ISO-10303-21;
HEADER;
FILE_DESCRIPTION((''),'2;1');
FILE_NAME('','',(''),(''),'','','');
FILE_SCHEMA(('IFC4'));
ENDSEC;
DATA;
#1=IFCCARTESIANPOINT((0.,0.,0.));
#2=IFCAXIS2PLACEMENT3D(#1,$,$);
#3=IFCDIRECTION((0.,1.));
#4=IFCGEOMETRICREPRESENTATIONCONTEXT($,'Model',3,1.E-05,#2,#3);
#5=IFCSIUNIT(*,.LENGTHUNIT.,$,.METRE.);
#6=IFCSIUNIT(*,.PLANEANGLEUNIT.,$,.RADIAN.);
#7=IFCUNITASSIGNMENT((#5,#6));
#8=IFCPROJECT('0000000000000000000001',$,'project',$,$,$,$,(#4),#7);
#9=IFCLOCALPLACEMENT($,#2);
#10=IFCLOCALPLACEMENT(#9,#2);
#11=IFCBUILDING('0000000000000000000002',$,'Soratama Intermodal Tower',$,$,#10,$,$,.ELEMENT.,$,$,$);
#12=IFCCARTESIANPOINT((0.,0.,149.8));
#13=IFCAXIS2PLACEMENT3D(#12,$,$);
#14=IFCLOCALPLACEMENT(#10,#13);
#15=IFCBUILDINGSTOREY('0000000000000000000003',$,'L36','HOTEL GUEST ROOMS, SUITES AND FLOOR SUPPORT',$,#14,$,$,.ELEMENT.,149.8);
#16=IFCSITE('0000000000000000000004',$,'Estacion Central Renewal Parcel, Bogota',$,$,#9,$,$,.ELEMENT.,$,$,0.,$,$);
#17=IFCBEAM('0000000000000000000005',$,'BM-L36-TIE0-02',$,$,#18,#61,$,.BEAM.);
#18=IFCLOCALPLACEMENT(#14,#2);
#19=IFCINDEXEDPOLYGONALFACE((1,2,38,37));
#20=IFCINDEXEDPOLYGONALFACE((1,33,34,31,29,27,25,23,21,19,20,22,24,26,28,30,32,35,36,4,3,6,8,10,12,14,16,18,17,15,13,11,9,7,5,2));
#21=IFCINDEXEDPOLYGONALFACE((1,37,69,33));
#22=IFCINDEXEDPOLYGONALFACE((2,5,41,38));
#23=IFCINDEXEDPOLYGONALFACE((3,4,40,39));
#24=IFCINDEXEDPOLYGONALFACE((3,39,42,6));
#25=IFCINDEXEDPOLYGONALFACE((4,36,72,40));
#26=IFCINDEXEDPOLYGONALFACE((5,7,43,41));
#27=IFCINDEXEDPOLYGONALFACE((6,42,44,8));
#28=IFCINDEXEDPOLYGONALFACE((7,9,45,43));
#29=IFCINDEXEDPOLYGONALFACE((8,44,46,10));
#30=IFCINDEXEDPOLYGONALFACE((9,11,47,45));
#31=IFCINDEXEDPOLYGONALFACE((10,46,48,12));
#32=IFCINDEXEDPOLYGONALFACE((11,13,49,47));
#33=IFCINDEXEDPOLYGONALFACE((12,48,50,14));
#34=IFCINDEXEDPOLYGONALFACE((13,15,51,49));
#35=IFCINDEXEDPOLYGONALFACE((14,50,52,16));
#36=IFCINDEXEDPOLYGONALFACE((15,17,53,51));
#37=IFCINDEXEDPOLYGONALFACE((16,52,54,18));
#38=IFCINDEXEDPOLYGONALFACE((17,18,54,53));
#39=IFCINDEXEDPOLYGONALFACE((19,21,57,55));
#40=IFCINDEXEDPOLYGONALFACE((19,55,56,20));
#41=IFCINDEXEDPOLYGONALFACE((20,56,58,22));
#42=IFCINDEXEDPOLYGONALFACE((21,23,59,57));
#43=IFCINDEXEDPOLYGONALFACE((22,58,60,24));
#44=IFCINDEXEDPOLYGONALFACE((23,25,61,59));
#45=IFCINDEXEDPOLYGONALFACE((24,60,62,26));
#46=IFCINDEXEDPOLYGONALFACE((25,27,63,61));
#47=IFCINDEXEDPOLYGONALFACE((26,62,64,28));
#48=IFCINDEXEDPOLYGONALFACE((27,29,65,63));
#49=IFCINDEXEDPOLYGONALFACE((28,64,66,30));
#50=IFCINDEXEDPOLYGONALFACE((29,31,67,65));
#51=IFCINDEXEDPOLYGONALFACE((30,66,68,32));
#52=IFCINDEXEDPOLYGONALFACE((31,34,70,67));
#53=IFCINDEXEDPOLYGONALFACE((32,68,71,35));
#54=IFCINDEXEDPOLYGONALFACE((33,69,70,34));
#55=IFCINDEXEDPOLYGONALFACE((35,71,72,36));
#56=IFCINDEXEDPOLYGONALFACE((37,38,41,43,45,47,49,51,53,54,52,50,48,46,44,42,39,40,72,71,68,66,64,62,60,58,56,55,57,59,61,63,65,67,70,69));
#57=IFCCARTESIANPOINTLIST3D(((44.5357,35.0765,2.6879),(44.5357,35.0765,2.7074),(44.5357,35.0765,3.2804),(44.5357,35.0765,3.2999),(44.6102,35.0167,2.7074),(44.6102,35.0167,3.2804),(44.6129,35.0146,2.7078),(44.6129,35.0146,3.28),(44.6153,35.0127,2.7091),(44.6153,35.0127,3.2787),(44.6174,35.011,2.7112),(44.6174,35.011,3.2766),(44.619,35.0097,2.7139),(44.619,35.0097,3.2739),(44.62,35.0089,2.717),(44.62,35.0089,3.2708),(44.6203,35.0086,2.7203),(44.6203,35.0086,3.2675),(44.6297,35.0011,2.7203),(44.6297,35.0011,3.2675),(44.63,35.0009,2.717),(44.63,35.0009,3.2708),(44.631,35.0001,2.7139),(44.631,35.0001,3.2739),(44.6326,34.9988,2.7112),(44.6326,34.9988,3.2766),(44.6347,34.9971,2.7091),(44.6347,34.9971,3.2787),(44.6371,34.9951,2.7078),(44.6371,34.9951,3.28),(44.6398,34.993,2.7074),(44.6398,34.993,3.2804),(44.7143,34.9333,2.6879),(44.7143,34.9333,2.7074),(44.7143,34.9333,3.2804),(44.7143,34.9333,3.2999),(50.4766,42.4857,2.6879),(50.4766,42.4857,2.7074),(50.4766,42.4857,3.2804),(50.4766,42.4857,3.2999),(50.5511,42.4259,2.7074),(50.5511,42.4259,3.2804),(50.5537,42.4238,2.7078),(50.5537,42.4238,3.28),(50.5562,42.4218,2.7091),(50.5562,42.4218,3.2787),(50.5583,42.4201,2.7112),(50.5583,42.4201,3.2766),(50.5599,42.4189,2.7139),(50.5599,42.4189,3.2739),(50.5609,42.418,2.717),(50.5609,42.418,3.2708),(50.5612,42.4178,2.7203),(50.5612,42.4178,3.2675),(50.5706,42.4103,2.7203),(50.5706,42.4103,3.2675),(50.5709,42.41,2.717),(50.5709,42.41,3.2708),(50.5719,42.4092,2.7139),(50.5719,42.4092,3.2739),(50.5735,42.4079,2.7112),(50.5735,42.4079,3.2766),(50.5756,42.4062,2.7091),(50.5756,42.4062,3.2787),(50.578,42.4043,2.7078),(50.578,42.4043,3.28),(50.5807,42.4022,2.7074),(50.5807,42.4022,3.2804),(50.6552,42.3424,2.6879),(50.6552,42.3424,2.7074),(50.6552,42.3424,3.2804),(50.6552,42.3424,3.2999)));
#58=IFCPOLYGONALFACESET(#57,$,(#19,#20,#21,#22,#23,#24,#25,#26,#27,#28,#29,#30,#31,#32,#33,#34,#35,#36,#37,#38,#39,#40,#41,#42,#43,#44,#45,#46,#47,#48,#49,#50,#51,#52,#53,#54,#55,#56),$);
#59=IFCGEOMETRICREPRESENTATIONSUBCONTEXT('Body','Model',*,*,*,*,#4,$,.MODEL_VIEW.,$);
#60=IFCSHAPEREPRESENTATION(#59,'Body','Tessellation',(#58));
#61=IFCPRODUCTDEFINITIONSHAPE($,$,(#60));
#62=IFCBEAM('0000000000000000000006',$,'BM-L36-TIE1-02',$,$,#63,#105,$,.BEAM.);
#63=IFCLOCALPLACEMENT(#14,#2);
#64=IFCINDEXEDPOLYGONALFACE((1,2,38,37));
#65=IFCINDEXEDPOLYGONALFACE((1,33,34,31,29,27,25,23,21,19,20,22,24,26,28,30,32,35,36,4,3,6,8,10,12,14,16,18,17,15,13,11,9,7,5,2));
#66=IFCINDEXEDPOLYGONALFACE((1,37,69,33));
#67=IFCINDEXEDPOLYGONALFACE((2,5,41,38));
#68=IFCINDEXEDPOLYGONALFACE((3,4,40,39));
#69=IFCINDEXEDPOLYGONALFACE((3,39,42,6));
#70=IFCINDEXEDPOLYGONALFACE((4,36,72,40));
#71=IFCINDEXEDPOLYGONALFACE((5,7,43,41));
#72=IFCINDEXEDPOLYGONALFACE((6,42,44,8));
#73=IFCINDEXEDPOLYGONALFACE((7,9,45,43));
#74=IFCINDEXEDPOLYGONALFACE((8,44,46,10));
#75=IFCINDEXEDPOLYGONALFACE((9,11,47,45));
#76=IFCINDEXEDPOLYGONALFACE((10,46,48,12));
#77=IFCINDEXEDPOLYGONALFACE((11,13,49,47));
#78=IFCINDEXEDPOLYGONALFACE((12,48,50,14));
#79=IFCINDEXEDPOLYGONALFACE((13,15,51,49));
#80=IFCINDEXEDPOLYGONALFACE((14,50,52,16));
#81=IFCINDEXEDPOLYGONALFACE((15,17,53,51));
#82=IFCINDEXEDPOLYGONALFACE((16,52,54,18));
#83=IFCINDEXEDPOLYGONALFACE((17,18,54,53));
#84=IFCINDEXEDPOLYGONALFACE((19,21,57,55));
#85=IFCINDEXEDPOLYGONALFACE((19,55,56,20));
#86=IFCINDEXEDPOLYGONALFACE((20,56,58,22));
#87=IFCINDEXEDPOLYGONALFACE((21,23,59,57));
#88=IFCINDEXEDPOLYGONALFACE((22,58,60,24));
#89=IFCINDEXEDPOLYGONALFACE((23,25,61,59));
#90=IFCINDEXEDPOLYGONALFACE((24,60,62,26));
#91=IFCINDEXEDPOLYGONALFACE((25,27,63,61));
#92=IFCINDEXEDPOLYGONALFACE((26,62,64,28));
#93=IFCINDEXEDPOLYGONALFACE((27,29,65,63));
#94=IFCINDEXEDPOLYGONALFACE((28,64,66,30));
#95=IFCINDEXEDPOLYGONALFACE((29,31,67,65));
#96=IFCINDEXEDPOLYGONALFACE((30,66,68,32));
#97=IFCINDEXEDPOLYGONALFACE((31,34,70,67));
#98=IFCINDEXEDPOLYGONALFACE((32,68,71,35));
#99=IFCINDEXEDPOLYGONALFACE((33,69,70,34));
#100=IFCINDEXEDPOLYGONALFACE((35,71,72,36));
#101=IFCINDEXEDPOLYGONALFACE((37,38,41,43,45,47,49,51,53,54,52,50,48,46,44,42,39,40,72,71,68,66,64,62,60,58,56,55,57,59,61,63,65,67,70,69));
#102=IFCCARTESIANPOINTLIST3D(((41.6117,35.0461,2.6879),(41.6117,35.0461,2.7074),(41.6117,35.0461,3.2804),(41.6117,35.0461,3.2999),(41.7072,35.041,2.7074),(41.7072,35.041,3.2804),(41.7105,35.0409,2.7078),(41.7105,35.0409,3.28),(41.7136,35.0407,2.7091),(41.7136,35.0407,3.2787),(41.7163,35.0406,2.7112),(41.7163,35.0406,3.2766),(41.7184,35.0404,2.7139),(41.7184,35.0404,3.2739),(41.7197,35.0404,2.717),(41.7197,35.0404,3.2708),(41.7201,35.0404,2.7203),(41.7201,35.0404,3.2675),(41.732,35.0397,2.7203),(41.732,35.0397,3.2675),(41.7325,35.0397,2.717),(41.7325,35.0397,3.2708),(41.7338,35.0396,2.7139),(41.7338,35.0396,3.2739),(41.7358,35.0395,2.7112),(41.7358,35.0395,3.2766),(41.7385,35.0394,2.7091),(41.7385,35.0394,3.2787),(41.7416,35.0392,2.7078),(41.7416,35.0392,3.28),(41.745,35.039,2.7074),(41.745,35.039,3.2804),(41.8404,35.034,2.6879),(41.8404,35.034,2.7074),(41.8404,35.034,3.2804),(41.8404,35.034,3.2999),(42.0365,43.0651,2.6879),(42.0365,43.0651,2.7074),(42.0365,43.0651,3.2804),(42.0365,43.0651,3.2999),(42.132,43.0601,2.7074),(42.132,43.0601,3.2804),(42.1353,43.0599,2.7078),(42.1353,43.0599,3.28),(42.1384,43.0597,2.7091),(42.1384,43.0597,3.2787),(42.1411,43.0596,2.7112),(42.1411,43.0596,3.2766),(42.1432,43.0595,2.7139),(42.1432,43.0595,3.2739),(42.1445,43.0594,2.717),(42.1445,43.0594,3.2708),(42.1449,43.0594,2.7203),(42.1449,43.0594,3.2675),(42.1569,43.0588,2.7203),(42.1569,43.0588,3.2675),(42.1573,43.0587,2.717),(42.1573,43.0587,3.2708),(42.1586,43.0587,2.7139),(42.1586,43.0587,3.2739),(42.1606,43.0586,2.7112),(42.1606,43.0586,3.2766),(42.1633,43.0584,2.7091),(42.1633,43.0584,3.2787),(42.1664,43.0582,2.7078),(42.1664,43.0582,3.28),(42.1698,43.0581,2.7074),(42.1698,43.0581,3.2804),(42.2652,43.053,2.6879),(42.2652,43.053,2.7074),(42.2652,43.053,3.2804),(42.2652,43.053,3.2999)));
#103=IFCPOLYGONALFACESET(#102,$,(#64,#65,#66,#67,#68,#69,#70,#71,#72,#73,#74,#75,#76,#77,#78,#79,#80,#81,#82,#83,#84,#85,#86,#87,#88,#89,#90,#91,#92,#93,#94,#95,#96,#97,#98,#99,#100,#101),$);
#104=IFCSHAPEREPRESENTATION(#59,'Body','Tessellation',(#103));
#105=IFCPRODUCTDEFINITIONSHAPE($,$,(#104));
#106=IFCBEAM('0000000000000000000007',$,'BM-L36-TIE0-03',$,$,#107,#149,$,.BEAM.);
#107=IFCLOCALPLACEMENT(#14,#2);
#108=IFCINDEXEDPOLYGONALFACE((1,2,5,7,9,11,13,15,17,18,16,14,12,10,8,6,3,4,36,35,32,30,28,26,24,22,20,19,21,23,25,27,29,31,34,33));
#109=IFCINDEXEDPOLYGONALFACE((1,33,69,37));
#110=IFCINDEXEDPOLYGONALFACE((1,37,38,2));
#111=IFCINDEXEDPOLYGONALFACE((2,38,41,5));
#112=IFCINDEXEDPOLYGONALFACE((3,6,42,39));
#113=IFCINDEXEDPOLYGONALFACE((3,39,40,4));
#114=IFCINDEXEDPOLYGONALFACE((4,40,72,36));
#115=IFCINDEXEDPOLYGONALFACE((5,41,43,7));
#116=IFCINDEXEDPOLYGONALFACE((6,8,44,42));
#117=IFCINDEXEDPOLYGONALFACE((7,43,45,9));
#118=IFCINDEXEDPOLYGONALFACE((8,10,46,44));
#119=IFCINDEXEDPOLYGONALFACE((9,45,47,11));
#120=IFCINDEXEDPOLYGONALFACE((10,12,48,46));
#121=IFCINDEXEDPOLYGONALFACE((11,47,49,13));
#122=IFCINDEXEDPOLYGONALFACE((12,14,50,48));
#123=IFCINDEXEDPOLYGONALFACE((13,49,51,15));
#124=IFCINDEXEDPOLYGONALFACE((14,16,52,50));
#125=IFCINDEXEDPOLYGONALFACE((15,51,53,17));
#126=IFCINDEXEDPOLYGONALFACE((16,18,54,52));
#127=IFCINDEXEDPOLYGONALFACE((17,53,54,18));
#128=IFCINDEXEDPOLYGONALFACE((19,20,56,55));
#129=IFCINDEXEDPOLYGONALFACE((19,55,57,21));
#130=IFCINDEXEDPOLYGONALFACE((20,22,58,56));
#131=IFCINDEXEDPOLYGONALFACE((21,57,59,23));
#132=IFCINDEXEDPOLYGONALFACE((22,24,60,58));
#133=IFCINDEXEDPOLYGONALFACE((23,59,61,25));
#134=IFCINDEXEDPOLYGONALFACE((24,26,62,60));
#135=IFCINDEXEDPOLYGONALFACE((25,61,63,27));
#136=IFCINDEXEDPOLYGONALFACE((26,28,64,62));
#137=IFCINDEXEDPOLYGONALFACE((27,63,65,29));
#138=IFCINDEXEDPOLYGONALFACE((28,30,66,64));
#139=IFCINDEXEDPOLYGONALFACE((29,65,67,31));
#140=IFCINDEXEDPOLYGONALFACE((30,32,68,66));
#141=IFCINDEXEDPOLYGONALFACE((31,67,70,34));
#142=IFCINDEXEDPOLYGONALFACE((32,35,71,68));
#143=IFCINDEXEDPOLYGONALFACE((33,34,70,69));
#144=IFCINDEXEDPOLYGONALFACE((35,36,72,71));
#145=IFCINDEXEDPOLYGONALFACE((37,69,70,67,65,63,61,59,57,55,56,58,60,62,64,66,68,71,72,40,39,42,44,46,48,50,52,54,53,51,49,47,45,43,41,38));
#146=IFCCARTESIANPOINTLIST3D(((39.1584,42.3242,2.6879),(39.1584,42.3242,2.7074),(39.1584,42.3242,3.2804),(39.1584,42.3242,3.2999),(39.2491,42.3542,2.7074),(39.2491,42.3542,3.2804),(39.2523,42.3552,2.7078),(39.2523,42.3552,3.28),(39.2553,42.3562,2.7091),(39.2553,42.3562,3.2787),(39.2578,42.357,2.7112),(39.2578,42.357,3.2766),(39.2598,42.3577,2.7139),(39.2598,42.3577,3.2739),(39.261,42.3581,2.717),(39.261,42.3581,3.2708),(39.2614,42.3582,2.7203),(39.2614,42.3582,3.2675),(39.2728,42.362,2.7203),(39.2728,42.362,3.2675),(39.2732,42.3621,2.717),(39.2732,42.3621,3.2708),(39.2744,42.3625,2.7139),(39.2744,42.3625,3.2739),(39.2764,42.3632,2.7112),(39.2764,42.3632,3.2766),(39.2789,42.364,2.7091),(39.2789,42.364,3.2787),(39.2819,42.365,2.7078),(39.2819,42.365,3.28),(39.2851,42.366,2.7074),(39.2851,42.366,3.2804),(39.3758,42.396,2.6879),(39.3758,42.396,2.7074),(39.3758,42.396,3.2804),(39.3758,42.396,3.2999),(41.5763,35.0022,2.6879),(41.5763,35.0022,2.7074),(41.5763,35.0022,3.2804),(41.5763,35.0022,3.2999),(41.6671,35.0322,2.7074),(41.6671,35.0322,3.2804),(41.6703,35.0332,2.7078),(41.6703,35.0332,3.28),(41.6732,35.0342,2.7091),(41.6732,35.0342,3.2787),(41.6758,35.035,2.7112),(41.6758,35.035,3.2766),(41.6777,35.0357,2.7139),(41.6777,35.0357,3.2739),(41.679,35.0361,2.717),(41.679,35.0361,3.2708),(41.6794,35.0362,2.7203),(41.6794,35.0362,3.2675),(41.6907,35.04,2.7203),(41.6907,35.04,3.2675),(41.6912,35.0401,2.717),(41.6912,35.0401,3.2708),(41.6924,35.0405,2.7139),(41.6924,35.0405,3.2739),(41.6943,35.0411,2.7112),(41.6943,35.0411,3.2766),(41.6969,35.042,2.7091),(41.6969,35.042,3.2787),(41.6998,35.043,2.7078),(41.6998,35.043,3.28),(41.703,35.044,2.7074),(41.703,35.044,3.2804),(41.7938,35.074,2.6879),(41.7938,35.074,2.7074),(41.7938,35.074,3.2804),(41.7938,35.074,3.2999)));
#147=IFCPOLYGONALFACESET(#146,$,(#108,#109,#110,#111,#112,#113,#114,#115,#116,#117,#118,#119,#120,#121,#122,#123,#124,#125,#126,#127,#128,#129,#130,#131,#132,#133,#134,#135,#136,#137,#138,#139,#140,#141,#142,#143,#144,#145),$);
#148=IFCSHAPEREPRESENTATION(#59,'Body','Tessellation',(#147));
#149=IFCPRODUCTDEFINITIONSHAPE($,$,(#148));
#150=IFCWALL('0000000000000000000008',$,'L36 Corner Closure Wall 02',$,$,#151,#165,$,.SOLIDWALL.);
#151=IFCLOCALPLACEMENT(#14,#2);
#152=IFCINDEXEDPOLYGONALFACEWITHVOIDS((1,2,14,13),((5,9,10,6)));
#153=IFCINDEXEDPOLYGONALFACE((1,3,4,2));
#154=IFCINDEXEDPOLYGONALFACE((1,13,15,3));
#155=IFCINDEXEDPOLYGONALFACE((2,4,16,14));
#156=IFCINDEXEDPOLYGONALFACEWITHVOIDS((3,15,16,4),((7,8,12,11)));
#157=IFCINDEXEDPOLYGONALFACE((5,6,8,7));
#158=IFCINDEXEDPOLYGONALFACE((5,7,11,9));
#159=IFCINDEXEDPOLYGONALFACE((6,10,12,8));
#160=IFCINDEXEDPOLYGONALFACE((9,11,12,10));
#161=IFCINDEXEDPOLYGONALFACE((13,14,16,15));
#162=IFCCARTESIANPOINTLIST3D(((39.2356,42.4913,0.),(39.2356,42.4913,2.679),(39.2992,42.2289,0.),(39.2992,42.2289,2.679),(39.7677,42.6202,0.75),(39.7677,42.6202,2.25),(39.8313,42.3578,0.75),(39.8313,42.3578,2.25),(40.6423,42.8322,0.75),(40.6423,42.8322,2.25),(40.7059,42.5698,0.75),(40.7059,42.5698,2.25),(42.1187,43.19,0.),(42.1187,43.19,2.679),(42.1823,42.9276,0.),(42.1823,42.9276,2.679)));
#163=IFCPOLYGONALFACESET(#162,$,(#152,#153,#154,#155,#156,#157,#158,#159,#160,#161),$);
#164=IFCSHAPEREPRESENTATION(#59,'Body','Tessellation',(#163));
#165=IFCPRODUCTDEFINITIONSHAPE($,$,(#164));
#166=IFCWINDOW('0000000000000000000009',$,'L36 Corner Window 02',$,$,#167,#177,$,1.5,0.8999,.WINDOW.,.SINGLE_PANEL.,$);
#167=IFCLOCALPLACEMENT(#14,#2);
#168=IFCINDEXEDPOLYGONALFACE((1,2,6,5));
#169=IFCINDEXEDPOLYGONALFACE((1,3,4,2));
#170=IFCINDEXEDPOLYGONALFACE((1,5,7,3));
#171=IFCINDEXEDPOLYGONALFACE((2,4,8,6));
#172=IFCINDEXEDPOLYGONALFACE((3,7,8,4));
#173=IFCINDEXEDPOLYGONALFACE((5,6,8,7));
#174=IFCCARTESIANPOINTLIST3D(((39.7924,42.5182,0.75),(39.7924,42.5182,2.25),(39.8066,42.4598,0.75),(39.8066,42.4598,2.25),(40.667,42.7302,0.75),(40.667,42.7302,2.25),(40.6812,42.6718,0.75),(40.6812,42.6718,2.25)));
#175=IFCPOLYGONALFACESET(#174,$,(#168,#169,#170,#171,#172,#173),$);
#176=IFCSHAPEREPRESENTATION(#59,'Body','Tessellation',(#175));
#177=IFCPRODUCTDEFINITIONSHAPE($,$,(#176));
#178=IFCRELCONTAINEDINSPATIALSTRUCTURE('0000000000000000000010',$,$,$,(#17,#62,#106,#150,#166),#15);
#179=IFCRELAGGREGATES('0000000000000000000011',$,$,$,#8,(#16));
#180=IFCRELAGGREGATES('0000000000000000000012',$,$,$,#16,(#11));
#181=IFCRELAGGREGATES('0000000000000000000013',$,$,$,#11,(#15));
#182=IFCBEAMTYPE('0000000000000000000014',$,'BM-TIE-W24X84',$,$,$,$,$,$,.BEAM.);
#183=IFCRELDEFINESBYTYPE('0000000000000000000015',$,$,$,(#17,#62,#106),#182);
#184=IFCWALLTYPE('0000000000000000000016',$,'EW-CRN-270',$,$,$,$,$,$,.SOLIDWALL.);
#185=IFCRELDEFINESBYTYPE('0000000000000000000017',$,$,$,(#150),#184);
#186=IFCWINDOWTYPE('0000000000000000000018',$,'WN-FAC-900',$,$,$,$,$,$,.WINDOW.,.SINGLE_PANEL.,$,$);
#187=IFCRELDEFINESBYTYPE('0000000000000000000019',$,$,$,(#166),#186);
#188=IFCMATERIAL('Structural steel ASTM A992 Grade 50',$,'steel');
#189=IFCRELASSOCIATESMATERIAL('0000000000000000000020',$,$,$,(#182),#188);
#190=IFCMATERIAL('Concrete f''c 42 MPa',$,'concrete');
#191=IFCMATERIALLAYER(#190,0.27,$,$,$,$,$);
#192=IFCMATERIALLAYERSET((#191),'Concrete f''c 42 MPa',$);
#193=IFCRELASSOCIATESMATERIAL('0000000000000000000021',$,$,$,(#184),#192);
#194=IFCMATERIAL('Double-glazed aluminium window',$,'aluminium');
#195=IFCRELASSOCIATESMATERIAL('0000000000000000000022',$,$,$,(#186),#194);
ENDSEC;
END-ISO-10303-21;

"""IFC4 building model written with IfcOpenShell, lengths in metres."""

from ifc_helpers import new_model, si_unit, direction, frame, frame_2d, origin, origin_2d, place, context, subcontext, project, spatial, rectangle, i_section, extrude, material, layer, layer_set, material_profile, profile_set, type_object, element, fill, save


model = new_model("IFC4")

# Units and contexts
model_context = context("Model", 3, precision=1e-05, world=origin(), true_north=direction((0.0, 1.0)))
body_context = subcontext(model_context, "Body", "Model", "MODEL_VIEW")
ifc_project = project(units=[si_unit("LENGTHUNIT", "METRE"), si_unit("PLANEANGLEUNIT", "RADIAN")], contexts=[model_context])

# Site, building, storey
site_placement = place(None, origin())
site = spatial("IfcSite", under=ifc_project, at=site_placement, Name="Estacion Central Renewal Parcel, Bogota", CompositionType="ELEMENT", RefElevation=0.0)
building_placement = place(site_placement, origin())
building = spatial("IfcBuilding", under=site, at=building_placement, Name="Soratama Intermodal Tower", CompositionType="ELEMENT")
storey_placement = place(building_placement, frame((0.0, 0.0, 149.8)))
storey = spatial("IfcBuildingStorey", under=building, at=storey_placement, Name="L36", Description="HOTEL GUEST ROOMS, SUITES AND FLOOR SUPPORT", CompositionType="ELEMENT", Elevation=149.8)

# Beams
ifc_material_1 = material(Name="Structural steel ASTM A992 Grade 50", Category="steel")
ifc_material_profile_1 = material_profile(ifc_material_1, i_section(OverallWidth=0.229, OverallDepth=0.6121, WebThickness=0.012, FlangeThickness=0.0195, FilletRadius=0.0129, at=origin_2d()), Name="W24X84")
ifc_profile_set_1 = profile_set([ifc_material_profile_1], Name="Structural steel ASTM A992 Grade 50")
beam_type_1 = type_object("IfcBeamType", Name="BM-TIE-W24X84", PredefinedType="BEAM", material=ifc_profile_set_1)
beam_1_placement = place(storey_placement, frame((44.625, 35.0049, 2.9939), z_axis=(0.625566, 0.780171, 0.0), x_axis=(-0.780171, 0.625566, 0.0)))
element("IfcBeam", 1, at=beam_1_placement, inside=storey, type_object=beam_type_1, Name="BM-L36-TIE0-02", PredefinedType="BEAM", context=body_context, shape_type="SweptSolid", body=[
    extrude(i_section(OverallWidth=0.229, OverallDepth=0.6121, WebThickness=0.012, FlangeThickness=0.0195, FilletRadius=0.0129, at=origin_2d()), origin(), (0.0, 0.0, 1.0), 9.4968),
])
beam_2_placement = place(storey_placement, frame((41.7261, 35.04, 2.9939), z_axis=(0.0529, 0.9986, 0.0), x_axis=(-0.9986, 0.0529, 0.0)))
element("IfcBeam", 2, at=beam_2_placement, inside=storey, type_object=beam_type_1, Name="BM-L36-TIE1-02", PredefinedType="BEAM", context=body_context, shape_type="SweptSolid", body=[
    extrude(i_section(OverallWidth=0.229, OverallDepth=0.6121, WebThickness=0.012, FlangeThickness=0.0195, FilletRadius=0.0129, at=origin_2d()), origin(), (0.0, 0.0, 1.0), 8.0303),
])
beam_3_placement = place(storey_placement, frame((41.6851, 35.0381, 2.9939), z_axis=(-0.313576, 0.949563, 0.0), x_axis=(-0.949563, -0.313576, 0.0)))
element("IfcBeam", 3, at=beam_3_placement, inside=storey, type_object=beam_type_1, Name="BM-L36-TIE0-03", PredefinedType="BEAM", context=body_context, shape_type="SweptSolid", body=[
    extrude(i_section(OverallWidth=0.229, OverallDepth=0.6121, WebThickness=0.012, FlangeThickness=0.0195, FilletRadius=0.0129, at=origin_2d()), origin(), (0.0, 0.0, 1.0), 7.7109),
])

# Wall, opening, window
ifc_material_2 = material(Name="Concrete f'c 42 MPa", Category="concrete")
ifc_layer_1 = layer(ifc_material_2, 0.27)
ifc_layer_set_1 = layer_set([ifc_layer_1], Name="Concrete f'c 42 MPa")
wall_type_1 = type_object("IfcWallType", Name="EW-CRN-270", PredefinedType="SOLIDWALL", material=ifc_layer_set_1)
wall_1_placement = place(storey_placement, frame((42.1506, 43.0588, 0.0), z_axis=(0.0, 0.0, 1.0), x_axis=(-0.971865, -0.235539, 0.0)))
wall_1 = element("IfcWall", 4, at=wall_1_placement, inside=storey, type_object=wall_type_1, Name="L36 Corner Closure Wall 02", PredefinedType="SOLIDWALL", context=body_context, shape_type="SweptSolid", body=[
    extrude(rectangle(XDim=2.9666, YDim=0.27, at=frame_2d((1.4834, 0.0))), origin(), (0.0, 0.0, 1.0), 2.679),
])
opening_1_placement = place(wall_1_placement, frame((1.5193, 0.0, 0.75)))
opening_1 = element("IfcOpeningElement", 5, at=opening_1_placement, cuts=wall_1, PredefinedType="OPENING", context=body_context, shape_type="SweptSolid", body=[
    extrude(rectangle(XDim=0.8999, YDim=1.5, at=frame_2d((0.45, 0.75))), frame((0.0, 0.145, 0.0), z_axis=(0.0, -1.0, 0.0), x_axis=(1.0, 0.0, 0.0)), (0.0, 0.0, 1.0), 0.29),
])
ifc_material_3 = material(Name="Double-glazed aluminium window", Category="aluminium")
window_type_1 = type_object("IfcWindowType", Name="WN-FAC-900", PartitioningType="SINGLE_PANEL", PredefinedType="WINDOW", material=ifc_material_3)
window_1_placement = place(opening_1_placement, origin())
window_1 = element("IfcWindow", 6, at=window_1_placement, inside=storey, type_object=window_type_1, Name="L36 Corner Window 02", OverallHeight=1.5, OverallWidth=0.8999, PartitioningType="SINGLE_PANEL", PredefinedType="WINDOW", context=body_context, shape_type="SweptSolid", body=[
    extrude(rectangle(XDim=0.8999, YDim=1.5, at=frame_2d((0.45, 0.75))), frame((0.0, 0.03, 0.0), z_axis=(0.0, -1.0, 0.0), x_axis=(1.0, 0.0, 0.0)), (0.0, 0.0, 1.0), 0.0601),
])
fill(opening_1, window_1)

save(model, "model.ifc")
